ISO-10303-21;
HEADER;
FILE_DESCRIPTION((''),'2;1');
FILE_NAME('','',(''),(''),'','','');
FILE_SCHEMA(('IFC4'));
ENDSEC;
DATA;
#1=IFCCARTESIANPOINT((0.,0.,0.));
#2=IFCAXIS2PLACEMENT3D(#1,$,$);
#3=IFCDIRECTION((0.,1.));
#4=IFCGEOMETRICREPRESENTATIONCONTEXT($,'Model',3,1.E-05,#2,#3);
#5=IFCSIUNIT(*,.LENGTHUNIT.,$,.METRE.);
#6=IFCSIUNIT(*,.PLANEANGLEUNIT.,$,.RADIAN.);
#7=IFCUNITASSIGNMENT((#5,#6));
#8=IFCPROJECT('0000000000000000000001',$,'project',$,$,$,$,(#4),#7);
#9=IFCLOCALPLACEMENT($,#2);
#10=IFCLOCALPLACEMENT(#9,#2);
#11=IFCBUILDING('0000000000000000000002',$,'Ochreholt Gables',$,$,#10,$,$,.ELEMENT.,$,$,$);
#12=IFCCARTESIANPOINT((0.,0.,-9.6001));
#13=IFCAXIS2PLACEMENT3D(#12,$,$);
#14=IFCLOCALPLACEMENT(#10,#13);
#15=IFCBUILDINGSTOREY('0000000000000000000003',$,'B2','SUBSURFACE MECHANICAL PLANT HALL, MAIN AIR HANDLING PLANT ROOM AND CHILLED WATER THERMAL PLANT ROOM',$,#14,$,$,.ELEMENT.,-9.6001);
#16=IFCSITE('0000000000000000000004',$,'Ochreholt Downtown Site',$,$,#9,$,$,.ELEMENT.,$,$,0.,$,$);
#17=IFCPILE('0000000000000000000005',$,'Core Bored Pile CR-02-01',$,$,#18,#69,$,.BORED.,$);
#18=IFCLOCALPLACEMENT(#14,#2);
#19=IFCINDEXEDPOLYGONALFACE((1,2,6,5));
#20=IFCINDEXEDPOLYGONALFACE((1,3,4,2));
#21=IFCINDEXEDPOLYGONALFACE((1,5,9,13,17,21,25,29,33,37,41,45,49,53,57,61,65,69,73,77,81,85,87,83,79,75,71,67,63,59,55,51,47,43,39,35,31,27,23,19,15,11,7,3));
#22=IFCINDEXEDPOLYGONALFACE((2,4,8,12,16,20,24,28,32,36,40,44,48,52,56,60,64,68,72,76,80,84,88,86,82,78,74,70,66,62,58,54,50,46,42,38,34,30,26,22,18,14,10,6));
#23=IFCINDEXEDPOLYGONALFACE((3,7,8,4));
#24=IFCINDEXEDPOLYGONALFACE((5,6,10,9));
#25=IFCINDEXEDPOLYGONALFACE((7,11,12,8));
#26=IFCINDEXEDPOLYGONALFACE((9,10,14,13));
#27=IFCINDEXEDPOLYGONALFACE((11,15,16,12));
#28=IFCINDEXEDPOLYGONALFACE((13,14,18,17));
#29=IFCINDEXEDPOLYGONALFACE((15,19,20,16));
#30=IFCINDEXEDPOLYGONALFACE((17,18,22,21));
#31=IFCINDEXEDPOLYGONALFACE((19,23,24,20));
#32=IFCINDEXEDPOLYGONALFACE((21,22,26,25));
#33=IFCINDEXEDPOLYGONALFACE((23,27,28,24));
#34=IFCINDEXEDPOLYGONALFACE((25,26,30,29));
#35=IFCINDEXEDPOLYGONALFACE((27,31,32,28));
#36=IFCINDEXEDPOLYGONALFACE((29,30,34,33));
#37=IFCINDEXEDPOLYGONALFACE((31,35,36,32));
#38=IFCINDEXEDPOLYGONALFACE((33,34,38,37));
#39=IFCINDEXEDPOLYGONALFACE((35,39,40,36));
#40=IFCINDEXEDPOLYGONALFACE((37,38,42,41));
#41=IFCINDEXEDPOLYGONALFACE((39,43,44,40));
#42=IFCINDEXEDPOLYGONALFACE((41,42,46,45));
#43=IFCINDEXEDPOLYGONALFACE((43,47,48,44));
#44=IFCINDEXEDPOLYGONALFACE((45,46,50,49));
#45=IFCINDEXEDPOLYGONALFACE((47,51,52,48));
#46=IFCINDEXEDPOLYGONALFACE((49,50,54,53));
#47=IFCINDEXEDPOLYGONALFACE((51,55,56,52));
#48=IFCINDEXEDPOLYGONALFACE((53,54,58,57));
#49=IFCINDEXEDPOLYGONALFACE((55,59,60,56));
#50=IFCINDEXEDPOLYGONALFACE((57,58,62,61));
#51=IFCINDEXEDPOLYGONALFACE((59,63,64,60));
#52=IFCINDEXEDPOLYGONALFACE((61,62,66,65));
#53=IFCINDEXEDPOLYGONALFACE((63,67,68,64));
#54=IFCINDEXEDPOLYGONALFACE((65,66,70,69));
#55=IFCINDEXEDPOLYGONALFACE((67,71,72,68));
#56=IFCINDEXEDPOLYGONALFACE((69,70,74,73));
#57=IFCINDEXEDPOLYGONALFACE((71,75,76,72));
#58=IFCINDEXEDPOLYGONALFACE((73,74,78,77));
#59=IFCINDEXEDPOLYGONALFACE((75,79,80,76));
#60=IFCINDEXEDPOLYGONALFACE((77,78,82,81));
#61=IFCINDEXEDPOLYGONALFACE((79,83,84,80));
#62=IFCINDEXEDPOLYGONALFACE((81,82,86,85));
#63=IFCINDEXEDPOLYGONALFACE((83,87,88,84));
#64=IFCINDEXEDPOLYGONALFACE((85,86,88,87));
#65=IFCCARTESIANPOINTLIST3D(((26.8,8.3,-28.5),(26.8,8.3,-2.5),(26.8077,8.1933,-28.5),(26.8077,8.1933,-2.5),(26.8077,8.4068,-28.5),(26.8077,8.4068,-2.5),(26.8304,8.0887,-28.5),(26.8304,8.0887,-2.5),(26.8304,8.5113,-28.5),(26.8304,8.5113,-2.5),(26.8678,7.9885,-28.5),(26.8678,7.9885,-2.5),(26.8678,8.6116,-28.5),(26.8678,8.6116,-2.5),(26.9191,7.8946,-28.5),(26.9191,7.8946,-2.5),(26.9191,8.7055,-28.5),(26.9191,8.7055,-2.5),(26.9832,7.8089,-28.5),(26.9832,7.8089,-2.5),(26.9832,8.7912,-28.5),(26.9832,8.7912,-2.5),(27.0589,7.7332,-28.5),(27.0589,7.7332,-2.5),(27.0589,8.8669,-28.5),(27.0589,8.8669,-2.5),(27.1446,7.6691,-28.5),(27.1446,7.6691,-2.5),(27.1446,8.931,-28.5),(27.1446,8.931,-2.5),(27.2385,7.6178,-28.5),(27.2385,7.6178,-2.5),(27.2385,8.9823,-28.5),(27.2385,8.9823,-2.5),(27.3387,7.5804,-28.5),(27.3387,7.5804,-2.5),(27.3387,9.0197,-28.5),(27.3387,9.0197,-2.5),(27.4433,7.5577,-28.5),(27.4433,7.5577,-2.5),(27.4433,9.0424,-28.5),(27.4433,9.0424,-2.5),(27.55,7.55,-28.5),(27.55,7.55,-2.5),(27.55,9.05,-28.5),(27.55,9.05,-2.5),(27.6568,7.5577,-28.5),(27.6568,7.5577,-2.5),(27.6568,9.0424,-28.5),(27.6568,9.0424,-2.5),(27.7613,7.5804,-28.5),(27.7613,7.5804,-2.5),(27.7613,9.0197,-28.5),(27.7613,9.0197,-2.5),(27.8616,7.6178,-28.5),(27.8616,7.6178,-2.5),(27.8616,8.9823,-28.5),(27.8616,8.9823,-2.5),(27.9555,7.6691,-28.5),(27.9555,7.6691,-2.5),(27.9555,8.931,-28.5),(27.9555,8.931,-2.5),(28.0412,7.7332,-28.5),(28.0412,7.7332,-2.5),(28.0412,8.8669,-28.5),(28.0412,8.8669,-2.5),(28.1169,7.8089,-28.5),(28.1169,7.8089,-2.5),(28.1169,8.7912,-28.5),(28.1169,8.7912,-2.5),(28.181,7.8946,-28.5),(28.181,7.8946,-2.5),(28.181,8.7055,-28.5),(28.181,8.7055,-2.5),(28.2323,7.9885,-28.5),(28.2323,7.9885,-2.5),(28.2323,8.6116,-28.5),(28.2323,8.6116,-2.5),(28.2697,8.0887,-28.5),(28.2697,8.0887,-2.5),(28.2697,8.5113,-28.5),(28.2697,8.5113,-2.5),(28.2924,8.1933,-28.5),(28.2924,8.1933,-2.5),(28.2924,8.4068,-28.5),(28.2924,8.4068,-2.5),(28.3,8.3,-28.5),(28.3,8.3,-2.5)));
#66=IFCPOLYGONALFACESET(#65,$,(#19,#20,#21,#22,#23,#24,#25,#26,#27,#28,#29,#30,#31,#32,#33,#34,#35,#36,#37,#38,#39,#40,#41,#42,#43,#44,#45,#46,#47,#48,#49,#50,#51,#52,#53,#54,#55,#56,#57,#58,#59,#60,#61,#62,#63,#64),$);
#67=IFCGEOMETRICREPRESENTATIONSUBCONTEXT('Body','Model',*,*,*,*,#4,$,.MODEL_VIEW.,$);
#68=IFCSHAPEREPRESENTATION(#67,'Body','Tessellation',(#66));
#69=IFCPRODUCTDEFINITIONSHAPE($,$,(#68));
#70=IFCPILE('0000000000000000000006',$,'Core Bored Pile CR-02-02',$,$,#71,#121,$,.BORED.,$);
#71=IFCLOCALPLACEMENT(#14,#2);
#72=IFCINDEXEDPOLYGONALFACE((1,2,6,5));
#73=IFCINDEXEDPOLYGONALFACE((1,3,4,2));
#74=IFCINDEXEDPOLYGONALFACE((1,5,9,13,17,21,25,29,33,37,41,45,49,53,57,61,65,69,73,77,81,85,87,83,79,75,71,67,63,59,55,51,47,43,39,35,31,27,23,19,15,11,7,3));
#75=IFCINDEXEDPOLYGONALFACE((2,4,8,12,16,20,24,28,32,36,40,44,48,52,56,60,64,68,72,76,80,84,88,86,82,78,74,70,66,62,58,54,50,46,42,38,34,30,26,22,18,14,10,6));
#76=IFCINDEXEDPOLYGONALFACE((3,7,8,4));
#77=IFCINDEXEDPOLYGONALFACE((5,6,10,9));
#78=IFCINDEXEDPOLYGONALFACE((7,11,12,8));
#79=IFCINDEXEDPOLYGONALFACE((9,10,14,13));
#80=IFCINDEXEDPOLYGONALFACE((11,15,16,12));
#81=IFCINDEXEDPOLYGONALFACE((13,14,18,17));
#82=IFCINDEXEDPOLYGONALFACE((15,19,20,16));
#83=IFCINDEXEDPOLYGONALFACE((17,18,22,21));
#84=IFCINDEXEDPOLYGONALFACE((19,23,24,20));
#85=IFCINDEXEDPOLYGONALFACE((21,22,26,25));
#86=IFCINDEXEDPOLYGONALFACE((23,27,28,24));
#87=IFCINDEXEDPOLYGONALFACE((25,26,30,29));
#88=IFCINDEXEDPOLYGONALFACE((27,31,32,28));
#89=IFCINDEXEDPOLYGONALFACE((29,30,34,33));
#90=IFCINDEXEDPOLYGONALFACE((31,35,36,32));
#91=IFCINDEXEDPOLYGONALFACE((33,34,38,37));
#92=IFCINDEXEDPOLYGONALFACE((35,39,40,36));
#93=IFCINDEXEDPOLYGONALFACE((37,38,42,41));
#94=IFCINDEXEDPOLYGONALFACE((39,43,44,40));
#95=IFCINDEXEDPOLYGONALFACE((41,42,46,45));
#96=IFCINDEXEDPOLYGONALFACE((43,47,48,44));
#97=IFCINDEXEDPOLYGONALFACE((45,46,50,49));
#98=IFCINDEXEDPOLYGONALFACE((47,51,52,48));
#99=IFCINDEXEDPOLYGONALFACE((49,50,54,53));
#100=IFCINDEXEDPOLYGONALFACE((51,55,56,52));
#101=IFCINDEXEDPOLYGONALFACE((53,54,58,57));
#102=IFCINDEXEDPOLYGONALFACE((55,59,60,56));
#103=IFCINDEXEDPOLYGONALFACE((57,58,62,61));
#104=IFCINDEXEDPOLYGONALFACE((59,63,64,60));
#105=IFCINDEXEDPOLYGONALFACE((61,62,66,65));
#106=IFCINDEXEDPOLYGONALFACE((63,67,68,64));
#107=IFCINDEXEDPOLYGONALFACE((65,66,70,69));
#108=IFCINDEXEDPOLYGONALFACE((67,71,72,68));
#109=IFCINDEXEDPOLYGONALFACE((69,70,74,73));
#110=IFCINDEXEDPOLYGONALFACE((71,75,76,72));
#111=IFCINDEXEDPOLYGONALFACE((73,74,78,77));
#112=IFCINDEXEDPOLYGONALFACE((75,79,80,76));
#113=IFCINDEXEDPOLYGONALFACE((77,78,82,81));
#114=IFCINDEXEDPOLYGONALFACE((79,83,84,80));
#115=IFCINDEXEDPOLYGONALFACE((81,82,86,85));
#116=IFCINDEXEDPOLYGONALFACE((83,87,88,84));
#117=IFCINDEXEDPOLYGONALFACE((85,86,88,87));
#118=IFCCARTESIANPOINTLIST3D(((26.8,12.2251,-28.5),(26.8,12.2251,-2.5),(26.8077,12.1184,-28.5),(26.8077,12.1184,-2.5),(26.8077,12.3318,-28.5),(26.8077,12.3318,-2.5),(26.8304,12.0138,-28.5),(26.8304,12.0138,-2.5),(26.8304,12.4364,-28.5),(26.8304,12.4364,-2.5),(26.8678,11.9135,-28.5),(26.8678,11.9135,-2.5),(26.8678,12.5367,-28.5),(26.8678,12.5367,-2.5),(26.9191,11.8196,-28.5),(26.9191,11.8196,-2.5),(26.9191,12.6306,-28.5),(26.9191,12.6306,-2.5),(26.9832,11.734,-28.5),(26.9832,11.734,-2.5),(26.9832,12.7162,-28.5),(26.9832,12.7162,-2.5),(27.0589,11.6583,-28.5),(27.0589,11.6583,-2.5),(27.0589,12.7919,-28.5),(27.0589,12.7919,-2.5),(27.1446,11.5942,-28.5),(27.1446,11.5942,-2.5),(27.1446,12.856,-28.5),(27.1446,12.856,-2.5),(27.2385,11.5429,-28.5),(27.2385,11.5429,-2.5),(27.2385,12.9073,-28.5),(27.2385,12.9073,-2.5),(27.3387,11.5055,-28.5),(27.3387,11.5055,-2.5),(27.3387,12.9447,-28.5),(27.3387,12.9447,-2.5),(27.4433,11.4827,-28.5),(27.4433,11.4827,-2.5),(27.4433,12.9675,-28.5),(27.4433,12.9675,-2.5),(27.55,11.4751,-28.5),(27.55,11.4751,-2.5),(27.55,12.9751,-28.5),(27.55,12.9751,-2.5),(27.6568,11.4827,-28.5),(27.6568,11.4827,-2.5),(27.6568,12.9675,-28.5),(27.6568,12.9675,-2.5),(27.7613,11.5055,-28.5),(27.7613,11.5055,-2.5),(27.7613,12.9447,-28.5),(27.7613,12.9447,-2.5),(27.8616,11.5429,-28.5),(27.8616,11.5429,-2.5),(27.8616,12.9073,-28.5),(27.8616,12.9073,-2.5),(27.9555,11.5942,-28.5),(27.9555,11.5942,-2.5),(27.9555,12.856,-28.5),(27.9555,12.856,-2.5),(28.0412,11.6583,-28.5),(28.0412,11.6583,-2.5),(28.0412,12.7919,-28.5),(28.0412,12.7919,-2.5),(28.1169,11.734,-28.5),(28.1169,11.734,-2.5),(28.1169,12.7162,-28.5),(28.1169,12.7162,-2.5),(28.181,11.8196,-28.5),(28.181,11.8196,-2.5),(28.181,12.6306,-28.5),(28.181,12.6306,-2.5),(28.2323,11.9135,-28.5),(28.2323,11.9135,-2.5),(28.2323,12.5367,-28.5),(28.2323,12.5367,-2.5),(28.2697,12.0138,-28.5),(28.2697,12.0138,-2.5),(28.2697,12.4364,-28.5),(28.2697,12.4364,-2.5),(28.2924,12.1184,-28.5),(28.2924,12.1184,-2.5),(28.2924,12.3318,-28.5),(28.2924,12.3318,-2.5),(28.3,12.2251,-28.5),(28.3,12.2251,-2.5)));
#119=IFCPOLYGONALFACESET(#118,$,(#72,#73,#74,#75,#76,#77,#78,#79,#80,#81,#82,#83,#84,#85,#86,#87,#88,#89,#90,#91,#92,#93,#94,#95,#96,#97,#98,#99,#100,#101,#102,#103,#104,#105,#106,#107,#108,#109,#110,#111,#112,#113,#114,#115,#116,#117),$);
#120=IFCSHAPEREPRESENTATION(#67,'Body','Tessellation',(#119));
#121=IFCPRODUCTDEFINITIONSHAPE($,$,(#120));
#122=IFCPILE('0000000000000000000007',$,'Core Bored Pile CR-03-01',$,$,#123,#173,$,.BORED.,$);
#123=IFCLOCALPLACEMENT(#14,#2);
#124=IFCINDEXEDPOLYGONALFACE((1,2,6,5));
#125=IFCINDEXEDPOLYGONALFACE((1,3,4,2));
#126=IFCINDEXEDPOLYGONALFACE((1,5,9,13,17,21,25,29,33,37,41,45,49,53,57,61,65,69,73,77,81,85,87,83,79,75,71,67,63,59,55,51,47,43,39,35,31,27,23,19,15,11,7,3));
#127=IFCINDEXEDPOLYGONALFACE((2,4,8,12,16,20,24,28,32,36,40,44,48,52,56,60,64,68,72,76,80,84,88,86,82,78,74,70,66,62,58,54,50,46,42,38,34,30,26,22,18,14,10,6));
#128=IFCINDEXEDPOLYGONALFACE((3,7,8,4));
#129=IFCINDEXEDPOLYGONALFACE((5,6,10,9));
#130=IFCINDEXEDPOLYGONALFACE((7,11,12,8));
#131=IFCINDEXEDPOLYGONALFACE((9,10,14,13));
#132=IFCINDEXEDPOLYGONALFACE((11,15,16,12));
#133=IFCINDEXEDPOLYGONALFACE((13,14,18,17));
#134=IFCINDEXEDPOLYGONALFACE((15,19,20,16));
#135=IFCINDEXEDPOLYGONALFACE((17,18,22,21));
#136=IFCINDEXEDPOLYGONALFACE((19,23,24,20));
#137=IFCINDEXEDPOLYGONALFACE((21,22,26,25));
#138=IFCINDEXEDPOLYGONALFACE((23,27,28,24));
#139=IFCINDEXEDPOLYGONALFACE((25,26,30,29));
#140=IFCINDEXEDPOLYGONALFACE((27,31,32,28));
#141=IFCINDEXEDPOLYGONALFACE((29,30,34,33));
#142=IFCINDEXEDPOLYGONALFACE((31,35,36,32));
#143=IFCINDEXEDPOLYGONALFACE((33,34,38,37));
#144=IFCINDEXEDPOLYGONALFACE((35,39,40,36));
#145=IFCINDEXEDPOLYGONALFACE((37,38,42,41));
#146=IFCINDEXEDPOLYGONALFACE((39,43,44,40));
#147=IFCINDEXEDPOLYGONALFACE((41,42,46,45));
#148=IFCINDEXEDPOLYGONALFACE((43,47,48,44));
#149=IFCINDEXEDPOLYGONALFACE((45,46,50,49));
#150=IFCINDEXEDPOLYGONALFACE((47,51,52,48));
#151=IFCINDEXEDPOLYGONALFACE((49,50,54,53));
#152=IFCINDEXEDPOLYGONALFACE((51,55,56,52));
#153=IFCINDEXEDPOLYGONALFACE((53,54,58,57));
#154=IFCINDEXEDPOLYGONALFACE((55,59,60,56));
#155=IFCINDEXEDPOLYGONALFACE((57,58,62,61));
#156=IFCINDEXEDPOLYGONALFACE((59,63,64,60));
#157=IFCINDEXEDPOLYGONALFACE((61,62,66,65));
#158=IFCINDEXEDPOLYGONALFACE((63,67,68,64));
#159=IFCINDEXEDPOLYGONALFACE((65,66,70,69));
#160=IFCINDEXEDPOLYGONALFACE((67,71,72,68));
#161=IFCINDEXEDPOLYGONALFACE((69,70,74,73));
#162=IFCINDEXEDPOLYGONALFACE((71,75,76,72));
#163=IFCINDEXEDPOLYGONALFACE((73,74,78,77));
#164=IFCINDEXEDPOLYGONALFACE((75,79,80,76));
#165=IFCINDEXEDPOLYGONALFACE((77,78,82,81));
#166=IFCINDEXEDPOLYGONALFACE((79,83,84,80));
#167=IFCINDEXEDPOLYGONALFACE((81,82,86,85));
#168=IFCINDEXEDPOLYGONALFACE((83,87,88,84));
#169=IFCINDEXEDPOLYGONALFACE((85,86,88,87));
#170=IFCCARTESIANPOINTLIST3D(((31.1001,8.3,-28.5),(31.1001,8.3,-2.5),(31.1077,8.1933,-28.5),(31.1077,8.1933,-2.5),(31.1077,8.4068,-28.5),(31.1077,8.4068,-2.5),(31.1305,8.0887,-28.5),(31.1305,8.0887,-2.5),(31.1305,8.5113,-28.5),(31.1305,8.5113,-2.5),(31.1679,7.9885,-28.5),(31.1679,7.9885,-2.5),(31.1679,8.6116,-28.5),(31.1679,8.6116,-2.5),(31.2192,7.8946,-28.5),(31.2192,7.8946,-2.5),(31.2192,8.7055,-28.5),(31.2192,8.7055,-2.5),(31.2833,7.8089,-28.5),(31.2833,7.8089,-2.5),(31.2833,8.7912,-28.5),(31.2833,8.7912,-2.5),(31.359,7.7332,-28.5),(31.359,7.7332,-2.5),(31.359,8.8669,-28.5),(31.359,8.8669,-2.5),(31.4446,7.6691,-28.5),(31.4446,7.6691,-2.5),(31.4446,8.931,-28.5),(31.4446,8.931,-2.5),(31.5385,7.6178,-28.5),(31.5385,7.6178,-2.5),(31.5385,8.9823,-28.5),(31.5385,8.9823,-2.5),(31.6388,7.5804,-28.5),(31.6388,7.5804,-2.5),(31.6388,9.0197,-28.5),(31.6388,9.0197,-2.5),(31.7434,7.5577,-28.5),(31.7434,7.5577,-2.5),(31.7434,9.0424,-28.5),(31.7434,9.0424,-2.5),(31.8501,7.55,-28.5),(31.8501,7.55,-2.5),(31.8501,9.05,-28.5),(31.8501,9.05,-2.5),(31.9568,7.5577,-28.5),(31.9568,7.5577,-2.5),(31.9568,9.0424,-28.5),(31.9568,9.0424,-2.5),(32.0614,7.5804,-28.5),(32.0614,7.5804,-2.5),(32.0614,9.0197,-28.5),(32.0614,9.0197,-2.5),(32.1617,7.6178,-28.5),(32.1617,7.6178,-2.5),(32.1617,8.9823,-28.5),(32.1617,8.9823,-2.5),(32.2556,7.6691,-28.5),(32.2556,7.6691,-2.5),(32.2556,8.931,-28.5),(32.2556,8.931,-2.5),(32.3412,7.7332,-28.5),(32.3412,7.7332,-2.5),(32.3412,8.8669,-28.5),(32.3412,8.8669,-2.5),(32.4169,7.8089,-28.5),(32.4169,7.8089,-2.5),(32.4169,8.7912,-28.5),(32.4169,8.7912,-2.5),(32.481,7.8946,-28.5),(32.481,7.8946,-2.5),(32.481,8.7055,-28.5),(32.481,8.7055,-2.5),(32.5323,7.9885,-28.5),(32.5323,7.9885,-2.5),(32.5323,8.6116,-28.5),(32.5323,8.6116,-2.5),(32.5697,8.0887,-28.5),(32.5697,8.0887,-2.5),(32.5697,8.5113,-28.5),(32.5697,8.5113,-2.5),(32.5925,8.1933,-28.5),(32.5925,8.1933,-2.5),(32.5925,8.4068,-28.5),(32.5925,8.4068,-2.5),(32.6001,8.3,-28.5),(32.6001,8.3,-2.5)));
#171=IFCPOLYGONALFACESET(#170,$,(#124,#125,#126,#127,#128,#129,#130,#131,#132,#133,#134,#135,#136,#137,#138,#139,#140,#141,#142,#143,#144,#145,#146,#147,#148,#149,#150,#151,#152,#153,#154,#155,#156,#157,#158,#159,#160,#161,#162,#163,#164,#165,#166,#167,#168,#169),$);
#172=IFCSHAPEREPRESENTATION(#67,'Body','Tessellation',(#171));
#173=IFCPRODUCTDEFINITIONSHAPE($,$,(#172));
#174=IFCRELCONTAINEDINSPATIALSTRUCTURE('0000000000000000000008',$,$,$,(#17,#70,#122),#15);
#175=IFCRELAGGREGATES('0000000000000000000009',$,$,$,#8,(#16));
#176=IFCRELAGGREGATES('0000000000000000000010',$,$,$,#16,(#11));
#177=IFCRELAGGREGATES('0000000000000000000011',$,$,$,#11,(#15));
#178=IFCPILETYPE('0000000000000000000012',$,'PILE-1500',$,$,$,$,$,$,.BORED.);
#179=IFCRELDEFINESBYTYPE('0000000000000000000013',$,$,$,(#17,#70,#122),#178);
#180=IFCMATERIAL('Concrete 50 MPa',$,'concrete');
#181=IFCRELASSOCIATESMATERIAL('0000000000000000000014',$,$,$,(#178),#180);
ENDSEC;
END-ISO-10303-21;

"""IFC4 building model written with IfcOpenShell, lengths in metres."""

from ifc_helpers import new_model, si_unit, direction, frame, origin, origin_2d, place, context, subcontext, project, spatial, circle, extrude, material, material_profile, profile_set, type_object, element, save


model = new_model("IFC4")

# Units and contexts
model_context = context("Model", 3, precision=1e-05, world=origin(), true_north=direction((0.0, 1.0)))
body_context = subcontext(model_context, "Body", "Model", "MODEL_VIEW")
ifc_project = project(units=[si_unit("LENGTHUNIT", "METRE"), si_unit("PLANEANGLEUNIT", "RADIAN")], contexts=[model_context])

# Site, building, storey
site_placement = place(None, origin())
site = spatial("IfcSite", under=ifc_project, at=site_placement, Name="Ochreholt Downtown Site", CompositionType="ELEMENT", RefElevation=0.0)
building_placement = place(site_placement, origin())
building = spatial("IfcBuilding", under=site, at=building_placement, Name="Ochreholt Gables", CompositionType="ELEMENT")
storey_placement = place(building_placement, frame((0.0, 0.0, -9.6001)))
storey = spatial("IfcBuildingStorey", under=building, at=storey_placement, Name="B2", Description="SUBSURFACE MECHANICAL PLANT HALL, MAIN AIR HANDLING PLANT ROOM AND CHILLED WATER THERMAL PLANT ROOM", CompositionType="ELEMENT", Elevation=-9.6001)

# Piles
ifc_material_1 = material(Name="Concrete 50 MPa", Category="concrete")
ifc_material_profile_1 = material_profile(ifc_material_1, circle(Radius=0.75, at=origin_2d()), Name="PILE1500")
ifc_profile_set_1 = profile_set([ifc_material_profile_1], Name="Concrete 50 MPa")
pile_type = type_object("IfcPileType", Name="PILE-1500", PredefinedType="BORED", material=ifc_profile_set_1)
for number, where, z_axis, x_axis, name in (
    (1, (27.55, 8.3, -2.5), (0.0, 0.0, -1.0), (1.0, 0.0, 0.0), "Core Bored Pile CR-02-01"),
    (2, (27.55, 12.2251, -2.5), (0.0, 0.0, -1.0), (1.0, 0.0, 0.0), "Core Bored Pile CR-02-02"),
    (3, (31.8501, 8.3, -2.5), (0.0, 0.0, -1.0), (1.0, 0.0, 0.0), "Core Bored Pile CR-03-01"),
):
    element("IfcPile", number, at=place(storey_placement, frame(where, z_axis=z_axis, x_axis=x_axis)), inside=storey, type_object=pile_type, Name=name, PredefinedType="BORED", context=body_context, shape_type="SweptSolid", body=[
        extrude(circle(Radius=0.75, at=origin_2d()), origin(), (0.0, 0.0, 1.0), 26.0),
    ])

save(model, "model.ifc")
